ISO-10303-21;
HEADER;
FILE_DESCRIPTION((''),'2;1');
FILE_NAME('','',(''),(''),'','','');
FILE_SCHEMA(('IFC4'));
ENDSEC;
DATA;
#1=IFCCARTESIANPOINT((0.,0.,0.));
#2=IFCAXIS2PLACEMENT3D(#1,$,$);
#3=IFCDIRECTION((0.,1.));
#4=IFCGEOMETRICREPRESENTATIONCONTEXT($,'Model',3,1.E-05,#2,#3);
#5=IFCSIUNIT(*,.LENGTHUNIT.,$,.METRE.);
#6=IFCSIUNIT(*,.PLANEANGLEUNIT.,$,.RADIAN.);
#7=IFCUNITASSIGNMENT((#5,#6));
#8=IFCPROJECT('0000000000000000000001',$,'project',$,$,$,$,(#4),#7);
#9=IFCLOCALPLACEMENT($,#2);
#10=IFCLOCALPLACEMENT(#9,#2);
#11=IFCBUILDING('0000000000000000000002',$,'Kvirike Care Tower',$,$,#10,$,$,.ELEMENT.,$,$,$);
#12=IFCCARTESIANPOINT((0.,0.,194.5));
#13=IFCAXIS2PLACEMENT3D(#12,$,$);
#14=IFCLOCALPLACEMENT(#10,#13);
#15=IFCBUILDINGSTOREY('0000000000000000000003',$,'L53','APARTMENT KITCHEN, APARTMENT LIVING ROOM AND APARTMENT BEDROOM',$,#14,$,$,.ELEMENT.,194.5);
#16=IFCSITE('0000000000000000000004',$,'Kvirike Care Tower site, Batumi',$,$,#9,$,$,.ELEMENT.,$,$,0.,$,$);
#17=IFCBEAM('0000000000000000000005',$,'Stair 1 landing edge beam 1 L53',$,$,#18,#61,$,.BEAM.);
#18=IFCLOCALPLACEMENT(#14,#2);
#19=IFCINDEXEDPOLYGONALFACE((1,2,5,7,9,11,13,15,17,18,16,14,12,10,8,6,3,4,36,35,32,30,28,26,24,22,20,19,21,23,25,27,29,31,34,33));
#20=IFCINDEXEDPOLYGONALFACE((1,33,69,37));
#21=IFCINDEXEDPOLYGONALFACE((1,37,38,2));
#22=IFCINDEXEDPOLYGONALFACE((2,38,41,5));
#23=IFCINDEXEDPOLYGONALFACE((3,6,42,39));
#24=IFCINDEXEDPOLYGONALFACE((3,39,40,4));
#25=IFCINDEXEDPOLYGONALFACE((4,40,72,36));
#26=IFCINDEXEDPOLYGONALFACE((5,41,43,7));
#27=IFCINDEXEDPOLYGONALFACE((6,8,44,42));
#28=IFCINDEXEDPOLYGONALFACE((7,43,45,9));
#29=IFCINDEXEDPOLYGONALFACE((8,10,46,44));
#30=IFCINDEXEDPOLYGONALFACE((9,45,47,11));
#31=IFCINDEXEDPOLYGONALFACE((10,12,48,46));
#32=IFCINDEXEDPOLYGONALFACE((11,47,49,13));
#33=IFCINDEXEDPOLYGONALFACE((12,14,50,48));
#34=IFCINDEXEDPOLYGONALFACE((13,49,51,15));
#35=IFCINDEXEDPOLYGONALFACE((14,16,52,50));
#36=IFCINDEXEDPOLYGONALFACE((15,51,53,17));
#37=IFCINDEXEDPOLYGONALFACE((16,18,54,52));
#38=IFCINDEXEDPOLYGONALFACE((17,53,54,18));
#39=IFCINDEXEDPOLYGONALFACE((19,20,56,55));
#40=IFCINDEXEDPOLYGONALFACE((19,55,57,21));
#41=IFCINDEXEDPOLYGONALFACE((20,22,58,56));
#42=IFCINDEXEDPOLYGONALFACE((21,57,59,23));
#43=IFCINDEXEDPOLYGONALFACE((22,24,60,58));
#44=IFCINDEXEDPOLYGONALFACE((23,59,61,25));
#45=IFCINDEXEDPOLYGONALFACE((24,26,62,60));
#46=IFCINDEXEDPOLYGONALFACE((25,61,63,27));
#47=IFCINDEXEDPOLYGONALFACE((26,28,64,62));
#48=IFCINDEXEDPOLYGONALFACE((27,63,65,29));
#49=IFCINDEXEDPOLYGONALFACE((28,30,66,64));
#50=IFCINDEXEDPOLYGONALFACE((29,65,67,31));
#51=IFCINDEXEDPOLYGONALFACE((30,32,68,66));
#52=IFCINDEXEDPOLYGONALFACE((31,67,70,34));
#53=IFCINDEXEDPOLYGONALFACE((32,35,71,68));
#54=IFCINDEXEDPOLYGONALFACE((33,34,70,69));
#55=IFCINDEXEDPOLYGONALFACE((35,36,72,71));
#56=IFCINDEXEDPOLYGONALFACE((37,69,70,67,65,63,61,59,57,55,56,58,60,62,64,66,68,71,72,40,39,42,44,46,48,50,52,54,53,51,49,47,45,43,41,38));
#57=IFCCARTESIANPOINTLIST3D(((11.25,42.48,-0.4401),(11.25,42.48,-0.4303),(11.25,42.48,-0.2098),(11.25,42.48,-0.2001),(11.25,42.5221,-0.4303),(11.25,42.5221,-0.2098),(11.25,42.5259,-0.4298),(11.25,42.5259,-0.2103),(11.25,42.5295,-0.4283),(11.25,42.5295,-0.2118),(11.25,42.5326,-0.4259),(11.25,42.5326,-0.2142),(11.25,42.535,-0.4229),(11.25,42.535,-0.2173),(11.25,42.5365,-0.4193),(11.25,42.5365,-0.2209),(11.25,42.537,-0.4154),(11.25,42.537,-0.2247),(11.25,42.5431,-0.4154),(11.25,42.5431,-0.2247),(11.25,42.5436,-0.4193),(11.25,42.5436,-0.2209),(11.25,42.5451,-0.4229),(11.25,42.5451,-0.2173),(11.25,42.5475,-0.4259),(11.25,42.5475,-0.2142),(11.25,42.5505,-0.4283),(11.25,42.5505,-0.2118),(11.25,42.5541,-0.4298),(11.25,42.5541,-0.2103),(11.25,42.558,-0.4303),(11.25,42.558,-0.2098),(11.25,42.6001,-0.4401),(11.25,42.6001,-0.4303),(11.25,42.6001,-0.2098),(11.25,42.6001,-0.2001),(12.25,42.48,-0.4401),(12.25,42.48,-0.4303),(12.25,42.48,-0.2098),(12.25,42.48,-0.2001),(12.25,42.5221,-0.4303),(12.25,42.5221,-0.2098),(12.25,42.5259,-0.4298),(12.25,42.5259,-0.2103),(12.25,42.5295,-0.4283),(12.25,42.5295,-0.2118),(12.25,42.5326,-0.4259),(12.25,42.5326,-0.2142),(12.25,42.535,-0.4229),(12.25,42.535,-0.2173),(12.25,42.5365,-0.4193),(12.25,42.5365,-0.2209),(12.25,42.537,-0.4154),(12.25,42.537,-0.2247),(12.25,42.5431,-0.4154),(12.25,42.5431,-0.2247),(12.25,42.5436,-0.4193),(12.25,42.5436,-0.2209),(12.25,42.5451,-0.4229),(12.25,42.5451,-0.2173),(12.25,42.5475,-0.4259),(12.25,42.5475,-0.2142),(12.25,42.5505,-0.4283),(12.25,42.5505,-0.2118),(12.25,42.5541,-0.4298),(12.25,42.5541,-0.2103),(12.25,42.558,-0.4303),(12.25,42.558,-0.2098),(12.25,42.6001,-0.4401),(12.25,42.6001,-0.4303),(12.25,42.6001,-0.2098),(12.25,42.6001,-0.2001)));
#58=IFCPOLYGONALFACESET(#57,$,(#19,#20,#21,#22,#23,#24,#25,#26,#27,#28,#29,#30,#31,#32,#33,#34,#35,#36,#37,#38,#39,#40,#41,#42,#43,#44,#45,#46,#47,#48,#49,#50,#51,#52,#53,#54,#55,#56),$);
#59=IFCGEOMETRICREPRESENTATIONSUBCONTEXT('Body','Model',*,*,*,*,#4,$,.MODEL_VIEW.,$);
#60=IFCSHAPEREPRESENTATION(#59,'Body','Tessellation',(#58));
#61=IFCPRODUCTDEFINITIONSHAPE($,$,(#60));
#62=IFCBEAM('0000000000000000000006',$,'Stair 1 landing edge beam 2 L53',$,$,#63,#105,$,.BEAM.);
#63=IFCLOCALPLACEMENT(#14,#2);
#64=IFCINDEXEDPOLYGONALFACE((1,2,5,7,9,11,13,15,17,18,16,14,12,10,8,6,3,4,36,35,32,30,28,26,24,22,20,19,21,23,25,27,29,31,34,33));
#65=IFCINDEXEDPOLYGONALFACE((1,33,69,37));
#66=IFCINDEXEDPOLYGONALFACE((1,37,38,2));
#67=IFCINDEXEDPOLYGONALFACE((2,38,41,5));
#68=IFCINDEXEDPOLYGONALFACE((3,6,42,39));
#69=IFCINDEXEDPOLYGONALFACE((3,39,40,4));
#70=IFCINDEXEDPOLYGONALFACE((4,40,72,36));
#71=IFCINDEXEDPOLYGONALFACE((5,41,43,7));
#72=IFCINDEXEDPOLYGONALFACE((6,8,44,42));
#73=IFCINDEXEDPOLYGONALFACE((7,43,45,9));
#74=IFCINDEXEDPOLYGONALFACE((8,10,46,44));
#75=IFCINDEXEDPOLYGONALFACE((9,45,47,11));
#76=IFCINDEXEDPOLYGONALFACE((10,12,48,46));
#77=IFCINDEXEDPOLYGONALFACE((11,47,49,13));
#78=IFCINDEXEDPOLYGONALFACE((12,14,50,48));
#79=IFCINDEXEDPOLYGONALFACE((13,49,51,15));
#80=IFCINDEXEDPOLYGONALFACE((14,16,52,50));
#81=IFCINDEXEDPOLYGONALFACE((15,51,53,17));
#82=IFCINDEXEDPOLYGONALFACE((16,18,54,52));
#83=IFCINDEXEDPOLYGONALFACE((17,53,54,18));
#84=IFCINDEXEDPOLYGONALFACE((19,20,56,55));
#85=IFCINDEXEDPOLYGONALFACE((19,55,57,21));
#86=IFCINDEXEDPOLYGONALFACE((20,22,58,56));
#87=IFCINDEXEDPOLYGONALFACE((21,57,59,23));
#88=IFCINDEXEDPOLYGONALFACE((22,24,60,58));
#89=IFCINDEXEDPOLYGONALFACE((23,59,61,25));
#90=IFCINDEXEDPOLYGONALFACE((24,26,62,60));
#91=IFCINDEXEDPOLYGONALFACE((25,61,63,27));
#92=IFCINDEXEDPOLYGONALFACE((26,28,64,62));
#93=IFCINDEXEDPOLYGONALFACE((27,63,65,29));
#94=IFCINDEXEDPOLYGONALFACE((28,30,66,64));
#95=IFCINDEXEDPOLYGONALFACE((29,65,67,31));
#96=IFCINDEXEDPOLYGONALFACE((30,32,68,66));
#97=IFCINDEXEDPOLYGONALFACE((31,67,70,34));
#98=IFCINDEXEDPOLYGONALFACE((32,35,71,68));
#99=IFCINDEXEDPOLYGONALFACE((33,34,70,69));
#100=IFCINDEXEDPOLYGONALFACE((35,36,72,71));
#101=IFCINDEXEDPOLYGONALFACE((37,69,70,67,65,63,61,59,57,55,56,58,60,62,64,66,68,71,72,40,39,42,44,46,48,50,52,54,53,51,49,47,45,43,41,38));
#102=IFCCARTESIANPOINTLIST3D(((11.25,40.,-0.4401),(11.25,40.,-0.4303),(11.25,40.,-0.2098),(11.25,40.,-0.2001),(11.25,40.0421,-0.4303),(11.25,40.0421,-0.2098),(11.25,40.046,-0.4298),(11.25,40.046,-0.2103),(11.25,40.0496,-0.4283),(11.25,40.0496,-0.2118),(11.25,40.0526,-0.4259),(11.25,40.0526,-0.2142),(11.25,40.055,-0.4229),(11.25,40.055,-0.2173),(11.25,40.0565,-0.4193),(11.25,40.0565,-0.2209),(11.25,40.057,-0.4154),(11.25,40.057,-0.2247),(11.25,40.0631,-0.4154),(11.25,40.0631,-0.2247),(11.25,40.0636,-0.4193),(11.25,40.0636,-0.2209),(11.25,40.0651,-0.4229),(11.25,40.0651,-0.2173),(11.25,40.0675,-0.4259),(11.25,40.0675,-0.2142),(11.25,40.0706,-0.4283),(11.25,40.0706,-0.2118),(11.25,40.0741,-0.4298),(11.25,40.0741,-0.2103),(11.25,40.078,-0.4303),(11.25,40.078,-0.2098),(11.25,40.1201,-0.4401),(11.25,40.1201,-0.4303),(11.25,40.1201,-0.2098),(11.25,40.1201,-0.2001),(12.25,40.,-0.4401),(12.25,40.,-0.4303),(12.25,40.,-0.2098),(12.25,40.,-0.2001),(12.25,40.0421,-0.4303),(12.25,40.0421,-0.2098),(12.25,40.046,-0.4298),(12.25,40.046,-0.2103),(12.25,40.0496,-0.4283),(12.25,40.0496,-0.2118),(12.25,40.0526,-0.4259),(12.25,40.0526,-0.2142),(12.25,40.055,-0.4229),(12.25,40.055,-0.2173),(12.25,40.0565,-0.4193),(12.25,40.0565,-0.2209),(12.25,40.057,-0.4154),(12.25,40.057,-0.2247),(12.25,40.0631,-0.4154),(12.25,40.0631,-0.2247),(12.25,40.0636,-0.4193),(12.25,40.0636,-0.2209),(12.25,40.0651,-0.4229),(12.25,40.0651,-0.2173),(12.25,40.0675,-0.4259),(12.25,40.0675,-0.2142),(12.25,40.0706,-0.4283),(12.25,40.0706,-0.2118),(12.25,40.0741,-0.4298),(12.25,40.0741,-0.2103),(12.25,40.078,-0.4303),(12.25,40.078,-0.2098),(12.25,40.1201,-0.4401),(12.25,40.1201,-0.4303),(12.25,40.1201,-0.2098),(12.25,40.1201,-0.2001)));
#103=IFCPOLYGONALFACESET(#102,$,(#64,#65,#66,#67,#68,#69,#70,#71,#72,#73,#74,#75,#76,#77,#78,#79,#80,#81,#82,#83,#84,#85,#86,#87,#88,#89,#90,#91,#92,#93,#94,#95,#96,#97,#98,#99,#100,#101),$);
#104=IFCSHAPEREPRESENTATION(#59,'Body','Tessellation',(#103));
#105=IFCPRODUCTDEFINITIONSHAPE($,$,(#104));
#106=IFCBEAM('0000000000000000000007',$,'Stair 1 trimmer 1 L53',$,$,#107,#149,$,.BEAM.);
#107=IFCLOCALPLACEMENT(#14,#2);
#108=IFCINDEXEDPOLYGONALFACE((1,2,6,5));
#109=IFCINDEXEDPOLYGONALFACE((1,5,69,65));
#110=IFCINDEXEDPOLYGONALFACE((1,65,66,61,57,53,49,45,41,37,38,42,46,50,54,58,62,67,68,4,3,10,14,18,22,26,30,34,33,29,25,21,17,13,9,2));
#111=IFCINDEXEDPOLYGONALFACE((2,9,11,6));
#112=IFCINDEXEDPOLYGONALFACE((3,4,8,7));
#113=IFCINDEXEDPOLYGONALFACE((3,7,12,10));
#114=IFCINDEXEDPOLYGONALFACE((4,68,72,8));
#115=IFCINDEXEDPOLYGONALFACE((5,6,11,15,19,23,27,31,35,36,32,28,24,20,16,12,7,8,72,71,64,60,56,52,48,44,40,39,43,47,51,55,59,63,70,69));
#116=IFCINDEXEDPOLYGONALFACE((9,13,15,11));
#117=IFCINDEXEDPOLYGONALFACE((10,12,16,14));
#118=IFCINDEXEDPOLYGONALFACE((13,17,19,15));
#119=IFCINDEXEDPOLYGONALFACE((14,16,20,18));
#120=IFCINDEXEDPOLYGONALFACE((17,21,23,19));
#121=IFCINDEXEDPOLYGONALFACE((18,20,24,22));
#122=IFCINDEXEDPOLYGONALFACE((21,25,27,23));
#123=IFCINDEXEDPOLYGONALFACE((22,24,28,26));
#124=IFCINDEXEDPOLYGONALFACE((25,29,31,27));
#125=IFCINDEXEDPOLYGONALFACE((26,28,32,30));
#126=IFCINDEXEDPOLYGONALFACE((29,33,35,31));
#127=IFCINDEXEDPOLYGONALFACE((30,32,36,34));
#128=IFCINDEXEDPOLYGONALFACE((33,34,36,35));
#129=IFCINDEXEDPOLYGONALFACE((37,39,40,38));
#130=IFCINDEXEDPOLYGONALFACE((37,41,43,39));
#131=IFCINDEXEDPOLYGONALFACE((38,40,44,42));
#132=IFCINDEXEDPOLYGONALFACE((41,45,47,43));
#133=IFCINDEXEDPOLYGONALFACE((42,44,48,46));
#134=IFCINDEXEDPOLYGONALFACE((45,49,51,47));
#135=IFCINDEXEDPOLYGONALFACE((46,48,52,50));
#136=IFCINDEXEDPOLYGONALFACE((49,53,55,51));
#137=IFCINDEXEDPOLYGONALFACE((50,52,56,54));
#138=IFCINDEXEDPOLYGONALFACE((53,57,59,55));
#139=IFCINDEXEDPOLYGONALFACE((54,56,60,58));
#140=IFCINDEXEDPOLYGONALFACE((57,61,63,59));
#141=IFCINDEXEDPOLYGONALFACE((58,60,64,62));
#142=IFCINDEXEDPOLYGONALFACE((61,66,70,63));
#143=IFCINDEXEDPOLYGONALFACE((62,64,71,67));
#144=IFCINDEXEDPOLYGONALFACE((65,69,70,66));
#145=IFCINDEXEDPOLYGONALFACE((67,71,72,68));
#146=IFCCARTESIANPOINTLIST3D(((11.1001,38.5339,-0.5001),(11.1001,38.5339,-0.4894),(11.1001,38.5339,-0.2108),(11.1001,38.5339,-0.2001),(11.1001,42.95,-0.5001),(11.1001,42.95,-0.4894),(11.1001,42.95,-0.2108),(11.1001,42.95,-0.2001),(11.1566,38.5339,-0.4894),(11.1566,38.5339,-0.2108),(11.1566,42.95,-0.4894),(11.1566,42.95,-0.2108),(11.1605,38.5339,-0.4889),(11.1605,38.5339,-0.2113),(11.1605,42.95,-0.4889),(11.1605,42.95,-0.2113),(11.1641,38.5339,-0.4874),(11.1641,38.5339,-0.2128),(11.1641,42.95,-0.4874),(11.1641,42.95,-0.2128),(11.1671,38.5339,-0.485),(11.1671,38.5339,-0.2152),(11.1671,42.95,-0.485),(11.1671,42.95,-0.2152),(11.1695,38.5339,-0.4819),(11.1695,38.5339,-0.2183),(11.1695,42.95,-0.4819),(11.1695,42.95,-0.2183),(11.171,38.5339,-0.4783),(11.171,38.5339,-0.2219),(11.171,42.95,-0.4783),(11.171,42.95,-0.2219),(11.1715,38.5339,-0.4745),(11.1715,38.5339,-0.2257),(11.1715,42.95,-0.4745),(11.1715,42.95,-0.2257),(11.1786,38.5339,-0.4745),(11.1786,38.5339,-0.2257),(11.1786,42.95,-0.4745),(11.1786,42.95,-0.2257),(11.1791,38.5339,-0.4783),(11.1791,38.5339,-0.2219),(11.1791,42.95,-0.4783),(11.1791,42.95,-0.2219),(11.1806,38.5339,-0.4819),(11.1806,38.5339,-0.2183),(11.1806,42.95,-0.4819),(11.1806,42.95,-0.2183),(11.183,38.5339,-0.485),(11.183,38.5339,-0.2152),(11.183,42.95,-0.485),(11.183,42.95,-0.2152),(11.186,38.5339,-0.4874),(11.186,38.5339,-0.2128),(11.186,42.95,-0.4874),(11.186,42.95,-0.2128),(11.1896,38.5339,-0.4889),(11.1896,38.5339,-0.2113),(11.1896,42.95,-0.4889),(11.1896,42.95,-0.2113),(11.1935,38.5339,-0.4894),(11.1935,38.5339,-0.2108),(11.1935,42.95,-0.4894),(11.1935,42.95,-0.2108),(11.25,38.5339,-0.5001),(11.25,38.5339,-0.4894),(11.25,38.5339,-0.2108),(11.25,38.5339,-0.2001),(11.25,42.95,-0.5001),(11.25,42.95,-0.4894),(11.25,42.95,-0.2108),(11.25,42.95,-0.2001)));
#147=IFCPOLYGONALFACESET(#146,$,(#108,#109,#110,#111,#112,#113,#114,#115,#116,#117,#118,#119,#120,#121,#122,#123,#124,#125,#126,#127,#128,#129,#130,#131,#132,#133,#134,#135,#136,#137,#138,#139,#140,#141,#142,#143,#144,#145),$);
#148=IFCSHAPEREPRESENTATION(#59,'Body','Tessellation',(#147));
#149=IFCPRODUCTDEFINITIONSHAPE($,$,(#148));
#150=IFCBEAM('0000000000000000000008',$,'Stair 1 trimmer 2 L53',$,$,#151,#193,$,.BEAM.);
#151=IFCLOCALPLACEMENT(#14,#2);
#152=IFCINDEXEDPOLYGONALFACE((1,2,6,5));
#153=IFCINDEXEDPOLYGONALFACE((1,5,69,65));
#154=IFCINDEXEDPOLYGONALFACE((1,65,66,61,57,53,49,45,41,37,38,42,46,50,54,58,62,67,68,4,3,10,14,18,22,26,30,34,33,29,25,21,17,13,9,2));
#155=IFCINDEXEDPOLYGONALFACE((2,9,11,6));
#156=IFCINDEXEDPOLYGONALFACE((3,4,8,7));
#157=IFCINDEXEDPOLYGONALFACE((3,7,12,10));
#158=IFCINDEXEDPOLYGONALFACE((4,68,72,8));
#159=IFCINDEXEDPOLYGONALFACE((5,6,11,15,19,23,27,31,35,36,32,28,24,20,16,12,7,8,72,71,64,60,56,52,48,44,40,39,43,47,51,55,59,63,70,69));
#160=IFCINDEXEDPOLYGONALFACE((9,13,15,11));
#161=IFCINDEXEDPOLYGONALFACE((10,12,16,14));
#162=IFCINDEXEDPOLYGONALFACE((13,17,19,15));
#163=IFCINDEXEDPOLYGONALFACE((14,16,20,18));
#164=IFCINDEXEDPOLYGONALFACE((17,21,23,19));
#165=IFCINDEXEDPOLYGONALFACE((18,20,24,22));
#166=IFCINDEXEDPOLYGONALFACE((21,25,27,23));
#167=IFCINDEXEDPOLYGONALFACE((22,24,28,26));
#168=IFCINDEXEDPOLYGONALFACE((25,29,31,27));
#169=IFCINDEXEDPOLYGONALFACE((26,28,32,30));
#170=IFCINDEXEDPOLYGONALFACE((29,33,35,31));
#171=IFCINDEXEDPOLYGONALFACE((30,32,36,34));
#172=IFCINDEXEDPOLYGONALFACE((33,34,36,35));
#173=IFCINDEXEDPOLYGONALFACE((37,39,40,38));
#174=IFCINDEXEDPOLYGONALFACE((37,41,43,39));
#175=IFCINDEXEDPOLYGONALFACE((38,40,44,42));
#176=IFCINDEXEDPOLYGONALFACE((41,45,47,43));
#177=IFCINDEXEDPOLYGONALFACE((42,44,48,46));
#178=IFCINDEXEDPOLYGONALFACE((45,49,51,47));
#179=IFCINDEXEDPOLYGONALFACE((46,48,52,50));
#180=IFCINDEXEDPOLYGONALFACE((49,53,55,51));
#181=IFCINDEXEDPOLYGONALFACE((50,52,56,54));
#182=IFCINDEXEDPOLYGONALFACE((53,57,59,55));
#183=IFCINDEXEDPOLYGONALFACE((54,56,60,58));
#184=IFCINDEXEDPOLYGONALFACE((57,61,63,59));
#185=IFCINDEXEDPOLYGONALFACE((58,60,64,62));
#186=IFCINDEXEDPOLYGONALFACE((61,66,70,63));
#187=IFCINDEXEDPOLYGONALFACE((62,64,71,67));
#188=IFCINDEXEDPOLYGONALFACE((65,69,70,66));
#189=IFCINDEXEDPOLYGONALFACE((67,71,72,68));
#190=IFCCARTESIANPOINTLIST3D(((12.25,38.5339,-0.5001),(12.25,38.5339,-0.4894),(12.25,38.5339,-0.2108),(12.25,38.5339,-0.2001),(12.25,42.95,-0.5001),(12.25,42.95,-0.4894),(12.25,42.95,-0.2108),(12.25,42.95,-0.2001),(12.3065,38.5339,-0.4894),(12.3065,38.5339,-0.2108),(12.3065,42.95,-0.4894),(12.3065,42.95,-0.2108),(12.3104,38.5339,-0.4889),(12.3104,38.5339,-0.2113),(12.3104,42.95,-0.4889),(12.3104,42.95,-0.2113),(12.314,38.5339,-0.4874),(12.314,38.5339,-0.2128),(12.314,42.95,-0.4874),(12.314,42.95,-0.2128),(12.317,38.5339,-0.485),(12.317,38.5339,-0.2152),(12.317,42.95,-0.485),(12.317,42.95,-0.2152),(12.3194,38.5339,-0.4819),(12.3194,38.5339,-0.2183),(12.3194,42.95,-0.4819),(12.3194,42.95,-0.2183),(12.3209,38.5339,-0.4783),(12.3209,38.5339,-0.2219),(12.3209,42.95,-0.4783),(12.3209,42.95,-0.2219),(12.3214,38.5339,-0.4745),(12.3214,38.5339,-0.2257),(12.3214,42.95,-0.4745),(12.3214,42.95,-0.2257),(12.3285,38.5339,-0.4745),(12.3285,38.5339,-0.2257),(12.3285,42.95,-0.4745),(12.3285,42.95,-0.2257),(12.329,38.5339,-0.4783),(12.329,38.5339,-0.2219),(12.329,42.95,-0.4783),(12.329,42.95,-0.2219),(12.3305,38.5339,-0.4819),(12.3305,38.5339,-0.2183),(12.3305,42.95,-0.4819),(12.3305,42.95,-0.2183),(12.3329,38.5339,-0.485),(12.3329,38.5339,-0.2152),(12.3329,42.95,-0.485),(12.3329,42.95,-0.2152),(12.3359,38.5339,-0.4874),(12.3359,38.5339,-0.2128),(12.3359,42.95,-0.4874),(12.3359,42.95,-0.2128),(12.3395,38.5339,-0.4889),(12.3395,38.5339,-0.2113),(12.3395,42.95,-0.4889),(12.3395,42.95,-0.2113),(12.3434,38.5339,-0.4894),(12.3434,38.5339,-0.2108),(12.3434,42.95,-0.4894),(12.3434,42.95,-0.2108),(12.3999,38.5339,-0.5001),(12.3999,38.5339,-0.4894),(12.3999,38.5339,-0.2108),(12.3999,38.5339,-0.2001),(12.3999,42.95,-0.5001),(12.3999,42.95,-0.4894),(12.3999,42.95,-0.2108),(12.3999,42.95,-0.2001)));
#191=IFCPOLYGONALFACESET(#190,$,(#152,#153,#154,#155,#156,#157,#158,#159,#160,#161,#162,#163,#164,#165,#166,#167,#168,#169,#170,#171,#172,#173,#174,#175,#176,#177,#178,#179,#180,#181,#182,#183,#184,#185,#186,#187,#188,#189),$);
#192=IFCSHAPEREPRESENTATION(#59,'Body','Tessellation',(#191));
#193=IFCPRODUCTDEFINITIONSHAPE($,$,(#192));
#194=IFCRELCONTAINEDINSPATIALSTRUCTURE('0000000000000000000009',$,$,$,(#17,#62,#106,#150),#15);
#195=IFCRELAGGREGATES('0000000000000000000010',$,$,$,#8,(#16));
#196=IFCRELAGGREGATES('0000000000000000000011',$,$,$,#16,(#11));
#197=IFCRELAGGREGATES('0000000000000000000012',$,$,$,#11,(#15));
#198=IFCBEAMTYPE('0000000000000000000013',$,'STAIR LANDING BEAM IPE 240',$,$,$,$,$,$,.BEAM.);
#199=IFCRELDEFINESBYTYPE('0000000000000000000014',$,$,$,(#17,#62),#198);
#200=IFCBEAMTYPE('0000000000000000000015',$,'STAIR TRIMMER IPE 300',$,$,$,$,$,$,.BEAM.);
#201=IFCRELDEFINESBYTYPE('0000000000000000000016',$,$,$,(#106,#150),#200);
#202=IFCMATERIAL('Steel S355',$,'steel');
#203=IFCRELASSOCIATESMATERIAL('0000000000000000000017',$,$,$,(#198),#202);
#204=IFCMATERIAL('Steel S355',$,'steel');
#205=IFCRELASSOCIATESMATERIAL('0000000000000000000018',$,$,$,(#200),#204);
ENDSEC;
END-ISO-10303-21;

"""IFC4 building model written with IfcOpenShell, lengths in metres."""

from ifc_helpers import new_model, si_unit, direction, frame, origin, origin_2d, place, context, subcontext, project, spatial, i_section, extrude, material, material_profile, profile_set, type_object, element, save


model = new_model("IFC4")

# Units and contexts
model_context = context("Model", 3, precision=1e-05, world=origin(), true_north=direction((0.0, 1.0)))
body_context = subcontext(model_context, "Body", "Model", "MODEL_VIEW")
ifc_project = project(units=[si_unit("LENGTHUNIT", "METRE"), si_unit("PLANEANGLEUNIT", "RADIAN")], contexts=[model_context])

# Site, building, storey
site_placement = place(None, origin())
site = spatial("IfcSite", under=ifc_project, at=site_placement, Name="Kvirike Care Tower site, Batumi", CompositionType="ELEMENT", RefElevation=0.0)
building_placement = place(site_placement, origin())
building = spatial("IfcBuilding", under=site, at=building_placement, Name="Kvirike Care Tower", CompositionType="ELEMENT")
storey_placement = place(building_placement, frame((0.0, 0.0, 194.5)))
storey = spatial("IfcBuildingStorey", under=building, at=storey_placement, Name="L53", Description="APARTMENT KITCHEN, APARTMENT LIVING ROOM AND APARTMENT BEDROOM", CompositionType="ELEMENT", Elevation=194.5)

# Beams
ifc_material_1 = material(Name="Steel S355", Category="steel")
ifc_material_profile_1 = material_profile(ifc_material_1, i_section(OverallWidth=0.1201, OverallDepth=0.24, WebThickness=0.0061, FlangeThickness=0.0098, FilletRadius=0.0149, at=origin_2d()), Name="IPE 240")
ifc_profile_set_1 = profile_set([ifc_material_profile_1], Name="Steel S355")
beam_type_1 = type_object("IfcBeamType", Name="STAIR LANDING BEAM IPE 240", PredefinedType="BEAM", material=ifc_profile_set_1)
for number, where, z_axis, x_axis, name in (
    (1, (11.25, 42.54, -0.3201), (1.0, 0.0, 0.0), (0.0, 1.0, 0.0), "Stair 1 landing edge beam 1 L53"),
    (2, (11.25, 40.0601, -0.3201), (1.0, 0.0, 0.0), (0.0, 1.0, 0.0), "Stair 1 landing edge beam 2 L53"),
):
    element("IfcBeam", number, at=place(storey_placement, frame(where, z_axis=z_axis, x_axis=x_axis)), inside=storey, type_object=beam_type_1, Name=name, PredefinedType="BEAM", context=body_context, shape_type="SweptSolid", body=[
        extrude(i_section(OverallWidth=0.1201, OverallDepth=0.24, WebThickness=0.0061, FlangeThickness=0.0098, FilletRadius=0.0149, at=origin_2d()), origin(), (0.0, 0.0, 1.0), 1.0),
    ])
ifc_material_2 = material(Name="Steel S355", Category="steel")
ifc_material_profile_2 = material_profile(ifc_material_2, i_section(OverallWidth=0.1499, OverallDepth=0.3, WebThickness=0.0071, FlangeThickness=0.0107, FilletRadius=0.0149, at=origin_2d()), Name="IPE 300")
ifc_profile_set_2 = profile_set([ifc_material_profile_2], Name="Steel S355")
beam_type_2 = type_object("IfcBeamType", Name="STAIR TRIMMER IPE 300", PredefinedType="BEAM", material=ifc_profile_set_2)
for number, where, z_axis, x_axis, name in (
    (3, (11.175, 42.95, -0.3501), (0.0, -1.0, 0.0), (1.0, 0.0, 0.0), "Stair 1 trimmer 1 L53"),
    (4, (12.325, 42.95, -0.3501), (0.0, -1.0, 0.0), (1.0, 0.0, 0.0), "Stair 1 trimmer 2 L53"),
):
    element("IfcBeam", number, at=place(storey_placement, frame(where, z_axis=z_axis, x_axis=x_axis)), inside=storey, type_object=beam_type_2, Name=name, PredefinedType="BEAM", context=body_context, shape_type="SweptSolid", body=[
        extrude(i_section(OverallWidth=0.1499, OverallDepth=0.3, WebThickness=0.0071, FlangeThickness=0.0107, FilletRadius=0.0149, at=origin_2d()), origin(), (0.0, 0.0, 1.0), 4.416),
    ])

save(model, "model.ifc")
